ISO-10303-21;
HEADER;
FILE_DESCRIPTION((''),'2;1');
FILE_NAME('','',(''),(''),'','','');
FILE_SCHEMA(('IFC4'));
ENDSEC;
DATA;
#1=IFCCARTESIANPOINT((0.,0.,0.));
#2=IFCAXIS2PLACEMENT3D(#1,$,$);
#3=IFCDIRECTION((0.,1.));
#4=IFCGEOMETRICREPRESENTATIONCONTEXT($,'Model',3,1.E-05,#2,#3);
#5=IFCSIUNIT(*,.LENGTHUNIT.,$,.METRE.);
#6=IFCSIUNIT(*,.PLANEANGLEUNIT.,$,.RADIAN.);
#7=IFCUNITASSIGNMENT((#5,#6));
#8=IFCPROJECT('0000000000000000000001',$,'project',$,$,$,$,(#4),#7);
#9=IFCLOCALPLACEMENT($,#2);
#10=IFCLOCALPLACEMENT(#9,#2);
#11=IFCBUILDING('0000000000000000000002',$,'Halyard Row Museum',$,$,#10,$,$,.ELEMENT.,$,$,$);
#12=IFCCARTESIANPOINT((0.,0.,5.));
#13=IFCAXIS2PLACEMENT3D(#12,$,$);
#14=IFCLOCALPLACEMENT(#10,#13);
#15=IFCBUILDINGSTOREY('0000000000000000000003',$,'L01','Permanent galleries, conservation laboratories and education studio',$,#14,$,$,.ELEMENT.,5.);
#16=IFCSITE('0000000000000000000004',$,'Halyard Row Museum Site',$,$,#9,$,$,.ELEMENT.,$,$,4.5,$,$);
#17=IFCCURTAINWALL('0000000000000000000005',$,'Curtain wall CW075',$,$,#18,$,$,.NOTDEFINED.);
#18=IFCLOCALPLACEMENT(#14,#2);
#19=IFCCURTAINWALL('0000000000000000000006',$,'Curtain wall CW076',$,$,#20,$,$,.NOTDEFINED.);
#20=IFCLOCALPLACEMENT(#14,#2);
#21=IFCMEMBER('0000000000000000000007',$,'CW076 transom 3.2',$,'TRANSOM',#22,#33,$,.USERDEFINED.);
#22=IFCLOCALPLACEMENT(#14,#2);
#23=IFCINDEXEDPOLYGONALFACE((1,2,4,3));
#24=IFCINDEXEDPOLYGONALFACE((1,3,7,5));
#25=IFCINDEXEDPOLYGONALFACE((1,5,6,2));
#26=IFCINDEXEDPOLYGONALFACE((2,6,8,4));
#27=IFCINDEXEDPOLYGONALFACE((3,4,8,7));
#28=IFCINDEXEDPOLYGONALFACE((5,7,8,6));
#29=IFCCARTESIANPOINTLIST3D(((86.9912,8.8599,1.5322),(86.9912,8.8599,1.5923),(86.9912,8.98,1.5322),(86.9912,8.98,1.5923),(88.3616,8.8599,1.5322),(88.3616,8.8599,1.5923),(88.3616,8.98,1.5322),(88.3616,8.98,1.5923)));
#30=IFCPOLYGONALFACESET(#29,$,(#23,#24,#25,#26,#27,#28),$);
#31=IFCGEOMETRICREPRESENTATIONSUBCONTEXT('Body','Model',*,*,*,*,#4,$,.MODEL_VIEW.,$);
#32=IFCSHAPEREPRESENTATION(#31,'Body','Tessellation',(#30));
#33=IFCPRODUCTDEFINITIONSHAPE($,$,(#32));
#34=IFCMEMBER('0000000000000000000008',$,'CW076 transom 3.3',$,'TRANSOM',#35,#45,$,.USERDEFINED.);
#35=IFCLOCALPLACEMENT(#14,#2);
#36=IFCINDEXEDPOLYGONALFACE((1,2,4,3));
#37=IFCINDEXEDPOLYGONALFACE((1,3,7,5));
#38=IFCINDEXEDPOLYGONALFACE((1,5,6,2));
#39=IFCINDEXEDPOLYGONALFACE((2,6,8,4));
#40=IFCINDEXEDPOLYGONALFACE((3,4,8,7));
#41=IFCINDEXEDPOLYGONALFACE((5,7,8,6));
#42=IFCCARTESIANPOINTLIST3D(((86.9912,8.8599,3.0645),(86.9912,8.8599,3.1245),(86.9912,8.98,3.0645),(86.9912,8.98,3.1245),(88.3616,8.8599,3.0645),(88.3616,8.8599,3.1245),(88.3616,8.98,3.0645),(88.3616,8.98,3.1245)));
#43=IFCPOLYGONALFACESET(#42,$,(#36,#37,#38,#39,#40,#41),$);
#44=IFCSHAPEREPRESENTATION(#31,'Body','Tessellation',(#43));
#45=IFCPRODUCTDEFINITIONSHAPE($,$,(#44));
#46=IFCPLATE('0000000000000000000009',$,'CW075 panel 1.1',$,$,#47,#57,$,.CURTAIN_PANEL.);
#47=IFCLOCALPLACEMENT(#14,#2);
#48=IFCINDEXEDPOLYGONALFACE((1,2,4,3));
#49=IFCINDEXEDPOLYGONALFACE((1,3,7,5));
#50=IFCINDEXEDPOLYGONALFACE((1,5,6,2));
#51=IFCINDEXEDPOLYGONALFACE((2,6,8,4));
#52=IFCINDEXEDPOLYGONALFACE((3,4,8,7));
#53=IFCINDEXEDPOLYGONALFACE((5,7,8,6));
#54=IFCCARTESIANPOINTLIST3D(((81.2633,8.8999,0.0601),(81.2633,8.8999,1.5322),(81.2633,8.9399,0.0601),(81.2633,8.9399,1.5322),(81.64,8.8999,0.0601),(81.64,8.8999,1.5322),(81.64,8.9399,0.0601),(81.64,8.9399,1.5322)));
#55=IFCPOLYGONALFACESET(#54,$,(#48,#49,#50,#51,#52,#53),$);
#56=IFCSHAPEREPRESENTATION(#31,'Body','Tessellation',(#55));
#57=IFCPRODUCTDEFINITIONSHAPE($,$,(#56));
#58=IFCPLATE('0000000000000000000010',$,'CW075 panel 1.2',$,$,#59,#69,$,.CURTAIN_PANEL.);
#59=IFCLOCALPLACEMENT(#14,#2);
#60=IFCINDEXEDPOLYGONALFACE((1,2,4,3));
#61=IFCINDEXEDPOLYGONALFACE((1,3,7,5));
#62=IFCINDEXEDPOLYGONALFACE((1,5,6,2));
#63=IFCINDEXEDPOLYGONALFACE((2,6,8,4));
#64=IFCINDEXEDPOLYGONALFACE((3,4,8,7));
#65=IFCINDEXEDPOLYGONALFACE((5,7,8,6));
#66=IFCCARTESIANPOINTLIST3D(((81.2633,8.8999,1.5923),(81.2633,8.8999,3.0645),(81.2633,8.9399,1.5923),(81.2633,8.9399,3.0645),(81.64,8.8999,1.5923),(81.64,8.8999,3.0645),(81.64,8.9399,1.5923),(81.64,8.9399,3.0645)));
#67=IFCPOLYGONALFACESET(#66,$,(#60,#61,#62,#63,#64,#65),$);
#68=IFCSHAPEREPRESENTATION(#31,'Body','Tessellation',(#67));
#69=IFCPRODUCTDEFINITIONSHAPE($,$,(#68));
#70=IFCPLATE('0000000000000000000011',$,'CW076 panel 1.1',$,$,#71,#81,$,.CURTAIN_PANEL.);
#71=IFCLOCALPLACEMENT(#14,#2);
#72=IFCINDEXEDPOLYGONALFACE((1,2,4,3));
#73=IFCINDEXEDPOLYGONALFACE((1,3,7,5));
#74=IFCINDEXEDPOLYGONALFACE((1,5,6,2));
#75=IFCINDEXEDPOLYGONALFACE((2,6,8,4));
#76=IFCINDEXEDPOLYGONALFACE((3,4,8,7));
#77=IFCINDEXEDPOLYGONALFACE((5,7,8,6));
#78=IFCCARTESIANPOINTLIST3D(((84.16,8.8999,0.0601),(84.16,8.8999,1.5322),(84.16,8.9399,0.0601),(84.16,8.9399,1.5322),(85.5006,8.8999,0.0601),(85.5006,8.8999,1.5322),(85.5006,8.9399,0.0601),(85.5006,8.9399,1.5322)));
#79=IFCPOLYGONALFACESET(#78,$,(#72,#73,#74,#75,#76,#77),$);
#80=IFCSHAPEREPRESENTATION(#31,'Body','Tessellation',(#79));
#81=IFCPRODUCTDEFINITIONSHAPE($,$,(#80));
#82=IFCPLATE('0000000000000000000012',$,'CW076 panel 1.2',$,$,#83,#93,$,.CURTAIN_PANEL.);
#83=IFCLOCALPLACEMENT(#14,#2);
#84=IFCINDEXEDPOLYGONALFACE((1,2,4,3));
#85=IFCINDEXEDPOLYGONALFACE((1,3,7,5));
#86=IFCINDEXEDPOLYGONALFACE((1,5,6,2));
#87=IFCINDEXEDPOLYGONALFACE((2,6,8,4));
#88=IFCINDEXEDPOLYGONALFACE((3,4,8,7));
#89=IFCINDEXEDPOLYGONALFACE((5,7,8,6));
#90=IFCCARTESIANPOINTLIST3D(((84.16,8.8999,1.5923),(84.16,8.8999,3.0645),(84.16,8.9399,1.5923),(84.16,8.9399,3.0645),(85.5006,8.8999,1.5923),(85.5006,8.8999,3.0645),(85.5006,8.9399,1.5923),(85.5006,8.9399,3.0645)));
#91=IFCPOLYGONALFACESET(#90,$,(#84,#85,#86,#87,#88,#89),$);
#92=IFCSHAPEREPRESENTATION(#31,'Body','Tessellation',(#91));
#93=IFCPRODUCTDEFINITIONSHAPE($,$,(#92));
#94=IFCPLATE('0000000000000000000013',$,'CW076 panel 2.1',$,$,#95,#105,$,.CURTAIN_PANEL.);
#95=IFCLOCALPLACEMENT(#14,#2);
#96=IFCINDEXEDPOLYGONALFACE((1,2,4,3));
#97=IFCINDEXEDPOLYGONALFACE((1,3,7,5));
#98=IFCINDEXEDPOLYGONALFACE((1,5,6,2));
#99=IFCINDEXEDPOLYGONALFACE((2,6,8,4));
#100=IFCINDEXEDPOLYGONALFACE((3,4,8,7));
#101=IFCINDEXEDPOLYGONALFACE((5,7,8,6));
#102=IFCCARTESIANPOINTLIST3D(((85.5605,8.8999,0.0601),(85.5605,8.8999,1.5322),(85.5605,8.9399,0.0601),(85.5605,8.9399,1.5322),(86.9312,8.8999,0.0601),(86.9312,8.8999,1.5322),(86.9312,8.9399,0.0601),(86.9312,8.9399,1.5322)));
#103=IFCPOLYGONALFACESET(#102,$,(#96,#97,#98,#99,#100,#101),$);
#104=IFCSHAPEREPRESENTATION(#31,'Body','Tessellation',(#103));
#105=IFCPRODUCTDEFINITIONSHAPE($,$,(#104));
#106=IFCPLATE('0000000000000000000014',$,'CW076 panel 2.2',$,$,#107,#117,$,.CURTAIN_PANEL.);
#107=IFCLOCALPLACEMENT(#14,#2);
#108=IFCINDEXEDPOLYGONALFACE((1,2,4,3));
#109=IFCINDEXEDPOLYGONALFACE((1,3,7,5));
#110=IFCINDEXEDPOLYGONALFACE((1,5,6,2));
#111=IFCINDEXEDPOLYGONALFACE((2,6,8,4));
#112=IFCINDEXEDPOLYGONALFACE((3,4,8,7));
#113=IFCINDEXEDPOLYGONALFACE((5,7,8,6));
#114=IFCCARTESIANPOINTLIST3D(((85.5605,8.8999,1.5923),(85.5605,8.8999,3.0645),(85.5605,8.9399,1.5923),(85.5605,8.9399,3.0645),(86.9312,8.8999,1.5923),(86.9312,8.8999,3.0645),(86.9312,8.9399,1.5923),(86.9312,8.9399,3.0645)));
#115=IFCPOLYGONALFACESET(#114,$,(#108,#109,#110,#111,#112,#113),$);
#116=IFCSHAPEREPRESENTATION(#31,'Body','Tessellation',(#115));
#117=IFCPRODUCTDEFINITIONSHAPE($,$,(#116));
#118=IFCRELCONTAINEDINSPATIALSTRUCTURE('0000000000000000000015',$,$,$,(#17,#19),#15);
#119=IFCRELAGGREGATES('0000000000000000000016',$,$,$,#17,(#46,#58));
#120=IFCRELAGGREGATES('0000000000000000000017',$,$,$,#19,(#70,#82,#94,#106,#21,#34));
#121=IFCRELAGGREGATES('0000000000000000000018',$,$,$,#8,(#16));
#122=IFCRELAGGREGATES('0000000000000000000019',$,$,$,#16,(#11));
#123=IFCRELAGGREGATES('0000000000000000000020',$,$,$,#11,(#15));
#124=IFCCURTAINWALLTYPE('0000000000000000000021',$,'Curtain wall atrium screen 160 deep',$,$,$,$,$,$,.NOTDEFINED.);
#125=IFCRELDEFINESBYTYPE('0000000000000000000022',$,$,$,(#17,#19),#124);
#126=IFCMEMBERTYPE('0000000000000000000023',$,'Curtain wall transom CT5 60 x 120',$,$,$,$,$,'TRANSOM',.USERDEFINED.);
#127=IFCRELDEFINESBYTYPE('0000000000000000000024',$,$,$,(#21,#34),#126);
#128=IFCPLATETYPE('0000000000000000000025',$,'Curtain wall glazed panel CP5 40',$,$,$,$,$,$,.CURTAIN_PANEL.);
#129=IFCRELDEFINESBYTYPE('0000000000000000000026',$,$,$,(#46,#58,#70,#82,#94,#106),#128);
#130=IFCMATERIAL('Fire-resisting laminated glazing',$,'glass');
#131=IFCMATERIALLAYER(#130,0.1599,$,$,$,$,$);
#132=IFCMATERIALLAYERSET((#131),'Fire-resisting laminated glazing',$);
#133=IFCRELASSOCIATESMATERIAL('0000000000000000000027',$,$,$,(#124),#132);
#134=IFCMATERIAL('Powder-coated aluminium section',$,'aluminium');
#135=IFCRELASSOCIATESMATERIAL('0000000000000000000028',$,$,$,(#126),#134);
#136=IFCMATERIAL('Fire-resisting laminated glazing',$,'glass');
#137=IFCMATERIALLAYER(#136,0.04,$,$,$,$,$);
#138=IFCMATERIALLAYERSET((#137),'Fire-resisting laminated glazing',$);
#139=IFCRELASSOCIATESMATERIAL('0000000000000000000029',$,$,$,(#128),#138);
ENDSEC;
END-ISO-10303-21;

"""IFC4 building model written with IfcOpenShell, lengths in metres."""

from ifc_helpers import new_model, si_unit, direction, frame, origin, origin_2d, place, context, subcontext, project, spatial, rectangle, extrude, material, layer, layer_set, material_profile, profile_set, type_object, element, aggregate, save


model = new_model("IFC4")

# Units and contexts
model_context = context("Model", 3, precision=1e-05, world=origin(), true_north=direction((0.0, 1.0)))
body_context = subcontext(model_context, "Body", "Model", "MODEL_VIEW")
ifc_project = project(units=[si_unit("LENGTHUNIT", "METRE"), si_unit("PLANEANGLEUNIT", "RADIAN")], contexts=[model_context])

# Site, building, storey
site_placement = place(None, origin())
site = spatial("IfcSite", under=ifc_project, at=site_placement, Name="Halyard Row Museum Site", CompositionType="ELEMENT", RefElevation=4.5)
building_placement = place(site_placement, origin())
building = spatial("IfcBuilding", under=site, at=building_placement, Name="Halyard Row Museum", CompositionType="ELEMENT")
storey_placement = place(building_placement, frame((0.0, 0.0, 5.0)))
storey = spatial("IfcBuildingStorey", under=building, at=storey_placement, Name="L01", Description="Permanent galleries, conservation laboratories and education studio", CompositionType="ELEMENT", Elevation=5.0)

# Curtain walls
ifc_material_1 = material(Name="Fire-resisting laminated glazing", Category="glass")
ifc_layer_1 = layer(ifc_material_1, 0.1599)
ifc_layer_set_1 = layer_set([ifc_layer_1], Name="Fire-resisting laminated glazing")
curtain_wall_type = type_object("IfcCurtainWallType", Name="Curtain wall atrium screen 160 deep", PredefinedType="NOTDEFINED", material=ifc_layer_set_1)
curtain_wall_1_placement = place(storey_placement, origin())
curtain_wall_1 = element("IfcCurtainWall", 1, at=curtain_wall_1_placement, inside=storey, type_object=curtain_wall_type, Name="Curtain wall CW075", PredefinedType="NOTDEFINED")
curtain_wall_2_placement = place(storey_placement, origin())
curtain_wall_2 = element("IfcCurtainWall", 2, at=curtain_wall_2_placement, inside=storey, type_object=curtain_wall_type, Name="Curtain wall CW076", PredefinedType="NOTDEFINED")

# Members
ifc_material_2 = material(Name="Powder-coated aluminium section", Category="aluminium")
ifc_material_profile_1 = material_profile(ifc_material_2, rectangle(XDim=0.1201, YDim=0.0601, at=origin_2d()), Name="120x60 transom")
ifc_profile_set_1 = profile_set([ifc_material_profile_1], Name="Powder-coated aluminium section")
member_type_1 = type_object("IfcMemberType", Name="Curtain wall transom CT5 60 x 120", ElementType="TRANSOM", PredefinedType="USERDEFINED", material=ifc_profile_set_1)
member_1_placement = place(storey_placement, frame((86.9912, 8.9199, 1.5623), z_axis=(1.0, 0.0, 0.0), x_axis=(0.0, 1.0, 0.0)))
member_1 = element("IfcMember", 3, at=member_1_placement, type_object=member_type_1, Name="CW076 transom 3.2", ObjectType="TRANSOM", PredefinedType="USERDEFINED", context=body_context, shape_type="SweptSolid", body=[
    extrude(rectangle(XDim=0.1201, YDim=0.0601, at=origin_2d()), origin(), (0.0, 0.0, 1.0), 1.3704),
])
member_2_placement = place(storey_placement, frame((86.9912, 8.9199, 3.0945), z_axis=(1.0, 0.0, 0.0), x_axis=(0.0, 1.0, 0.0)))
member_2 = element("IfcMember", 4, at=member_2_placement, type_object=member_type_1, Name="CW076 transom 3.3", ObjectType="TRANSOM", PredefinedType="USERDEFINED", context=body_context, shape_type="SweptSolid", body=[
    extrude(rectangle(XDim=0.1201, YDim=0.0601, at=origin_2d()), origin(), (0.0, 0.0, 1.0), 1.3704),
])

# Plates
ifc_material_3 = material(Name="Fire-resisting laminated glazing", Category="glass")
ifc_layer_2 = layer(ifc_material_3, 0.04)
ifc_layer_set_2 = layer_set([ifc_layer_2], Name="Fire-resisting laminated glazing")
plate_type = type_object("IfcPlateType", Name="Curtain wall glazed panel CP5 40", PredefinedType="CURTAIN_PANEL", material=ifc_layer_set_2)
plate_1_placement = place(storey_placement, frame((81.4517, 8.9199, 0.0601), z_axis=(0.0, 0.0, 1.0), x_axis=(1.0, 0.0, 0.0)))
plate_1 = element("IfcPlate", 5, at=plate_1_placement, type_object=plate_type, Name="CW075 panel 1.1", PredefinedType="CURTAIN_PANEL", context=body_context, shape_type="SweptSolid", body=[
    extrude(rectangle(XDim=0.3767, YDim=0.04, at=origin_2d()), origin(), (0.0, 0.0, 1.0), 1.4722),
])
plate_2_placement = place(storey_placement, frame((81.4517, 8.9199, 1.5923), z_axis=(0.0, 0.0, 1.0), x_axis=(1.0, 0.0, 0.0)))
plate_2 = element("IfcPlate", 6, at=plate_2_placement, type_object=plate_type, Name="CW075 panel 1.2", PredefinedType="CURTAIN_PANEL", context=body_context, shape_type="SweptSolid", body=[
    extrude(rectangle(XDim=0.3767, YDim=0.04, at=origin_2d()), origin(), (0.0, 0.0, 1.0), 1.4722),
])
aggregate(curtain_wall_1, [plate_1, plate_2])
plate_3_placement = place(storey_placement, frame((84.8303, 8.9199, 0.0601), z_axis=(0.0, 0.0, 1.0), x_axis=(1.0, 0.0, 0.0)))
plate_3 = element("IfcPlate", 7, at=plate_3_placement, type_object=plate_type, Name="CW076 panel 1.1", PredefinedType="CURTAIN_PANEL", context=body_context, shape_type="SweptSolid", body=[
    extrude(rectangle(XDim=1.3406, YDim=0.04, at=origin_2d()), origin(), (0.0, 0.0, 1.0), 1.4722),
])
plate_4_placement = place(storey_placement, frame((84.8303, 8.9199, 1.5923), z_axis=(0.0, 0.0, 1.0), x_axis=(1.0, 0.0, 0.0)))
plate_4 = element("IfcPlate", 8, at=plate_4_placement, type_object=plate_type, Name="CW076 panel 1.2", PredefinedType="CURTAIN_PANEL", context=body_context, shape_type="SweptSolid", body=[
    extrude(rectangle(XDim=1.3406, YDim=0.04, at=origin_2d()), origin(), (0.0, 0.0, 1.0), 1.4722),
])
plate_5_placement = place(storey_placement, frame((86.2458, 8.9199, 0.0601), z_axis=(0.0, 0.0, 1.0), x_axis=(1.0, 0.0, 0.0)))
plate_5 = element("IfcPlate", 9, at=plate_5_placement, type_object=plate_type, Name="CW076 panel 2.1", PredefinedType="CURTAIN_PANEL", context=body_context, shape_type="SweptSolid", body=[
    extrude(rectangle(XDim=1.3706, YDim=0.04, at=origin_2d()), origin(), (0.0, 0.0, 1.0), 1.4722),
])
plate_6_placement = place(storey_placement, frame((86.2458, 8.9199, 1.5923), z_axis=(0.0, 0.0, 1.0), x_axis=(1.0, 0.0, 0.0)))
plate_6 = element("IfcPlate", 10, at=plate_6_placement, type_object=plate_type, Name="CW076 panel 2.2", PredefinedType="CURTAIN_PANEL", context=body_context, shape_type="SweptSolid", body=[
    extrude(rectangle(XDim=1.3706, YDim=0.04, at=origin_2d()), origin(), (0.0, 0.0, 1.0), 1.4722),
])
aggregate(curtain_wall_2, [plate_3, plate_4, plate_5, plate_6, member_1, member_2])

save(model, "model.ifc")
